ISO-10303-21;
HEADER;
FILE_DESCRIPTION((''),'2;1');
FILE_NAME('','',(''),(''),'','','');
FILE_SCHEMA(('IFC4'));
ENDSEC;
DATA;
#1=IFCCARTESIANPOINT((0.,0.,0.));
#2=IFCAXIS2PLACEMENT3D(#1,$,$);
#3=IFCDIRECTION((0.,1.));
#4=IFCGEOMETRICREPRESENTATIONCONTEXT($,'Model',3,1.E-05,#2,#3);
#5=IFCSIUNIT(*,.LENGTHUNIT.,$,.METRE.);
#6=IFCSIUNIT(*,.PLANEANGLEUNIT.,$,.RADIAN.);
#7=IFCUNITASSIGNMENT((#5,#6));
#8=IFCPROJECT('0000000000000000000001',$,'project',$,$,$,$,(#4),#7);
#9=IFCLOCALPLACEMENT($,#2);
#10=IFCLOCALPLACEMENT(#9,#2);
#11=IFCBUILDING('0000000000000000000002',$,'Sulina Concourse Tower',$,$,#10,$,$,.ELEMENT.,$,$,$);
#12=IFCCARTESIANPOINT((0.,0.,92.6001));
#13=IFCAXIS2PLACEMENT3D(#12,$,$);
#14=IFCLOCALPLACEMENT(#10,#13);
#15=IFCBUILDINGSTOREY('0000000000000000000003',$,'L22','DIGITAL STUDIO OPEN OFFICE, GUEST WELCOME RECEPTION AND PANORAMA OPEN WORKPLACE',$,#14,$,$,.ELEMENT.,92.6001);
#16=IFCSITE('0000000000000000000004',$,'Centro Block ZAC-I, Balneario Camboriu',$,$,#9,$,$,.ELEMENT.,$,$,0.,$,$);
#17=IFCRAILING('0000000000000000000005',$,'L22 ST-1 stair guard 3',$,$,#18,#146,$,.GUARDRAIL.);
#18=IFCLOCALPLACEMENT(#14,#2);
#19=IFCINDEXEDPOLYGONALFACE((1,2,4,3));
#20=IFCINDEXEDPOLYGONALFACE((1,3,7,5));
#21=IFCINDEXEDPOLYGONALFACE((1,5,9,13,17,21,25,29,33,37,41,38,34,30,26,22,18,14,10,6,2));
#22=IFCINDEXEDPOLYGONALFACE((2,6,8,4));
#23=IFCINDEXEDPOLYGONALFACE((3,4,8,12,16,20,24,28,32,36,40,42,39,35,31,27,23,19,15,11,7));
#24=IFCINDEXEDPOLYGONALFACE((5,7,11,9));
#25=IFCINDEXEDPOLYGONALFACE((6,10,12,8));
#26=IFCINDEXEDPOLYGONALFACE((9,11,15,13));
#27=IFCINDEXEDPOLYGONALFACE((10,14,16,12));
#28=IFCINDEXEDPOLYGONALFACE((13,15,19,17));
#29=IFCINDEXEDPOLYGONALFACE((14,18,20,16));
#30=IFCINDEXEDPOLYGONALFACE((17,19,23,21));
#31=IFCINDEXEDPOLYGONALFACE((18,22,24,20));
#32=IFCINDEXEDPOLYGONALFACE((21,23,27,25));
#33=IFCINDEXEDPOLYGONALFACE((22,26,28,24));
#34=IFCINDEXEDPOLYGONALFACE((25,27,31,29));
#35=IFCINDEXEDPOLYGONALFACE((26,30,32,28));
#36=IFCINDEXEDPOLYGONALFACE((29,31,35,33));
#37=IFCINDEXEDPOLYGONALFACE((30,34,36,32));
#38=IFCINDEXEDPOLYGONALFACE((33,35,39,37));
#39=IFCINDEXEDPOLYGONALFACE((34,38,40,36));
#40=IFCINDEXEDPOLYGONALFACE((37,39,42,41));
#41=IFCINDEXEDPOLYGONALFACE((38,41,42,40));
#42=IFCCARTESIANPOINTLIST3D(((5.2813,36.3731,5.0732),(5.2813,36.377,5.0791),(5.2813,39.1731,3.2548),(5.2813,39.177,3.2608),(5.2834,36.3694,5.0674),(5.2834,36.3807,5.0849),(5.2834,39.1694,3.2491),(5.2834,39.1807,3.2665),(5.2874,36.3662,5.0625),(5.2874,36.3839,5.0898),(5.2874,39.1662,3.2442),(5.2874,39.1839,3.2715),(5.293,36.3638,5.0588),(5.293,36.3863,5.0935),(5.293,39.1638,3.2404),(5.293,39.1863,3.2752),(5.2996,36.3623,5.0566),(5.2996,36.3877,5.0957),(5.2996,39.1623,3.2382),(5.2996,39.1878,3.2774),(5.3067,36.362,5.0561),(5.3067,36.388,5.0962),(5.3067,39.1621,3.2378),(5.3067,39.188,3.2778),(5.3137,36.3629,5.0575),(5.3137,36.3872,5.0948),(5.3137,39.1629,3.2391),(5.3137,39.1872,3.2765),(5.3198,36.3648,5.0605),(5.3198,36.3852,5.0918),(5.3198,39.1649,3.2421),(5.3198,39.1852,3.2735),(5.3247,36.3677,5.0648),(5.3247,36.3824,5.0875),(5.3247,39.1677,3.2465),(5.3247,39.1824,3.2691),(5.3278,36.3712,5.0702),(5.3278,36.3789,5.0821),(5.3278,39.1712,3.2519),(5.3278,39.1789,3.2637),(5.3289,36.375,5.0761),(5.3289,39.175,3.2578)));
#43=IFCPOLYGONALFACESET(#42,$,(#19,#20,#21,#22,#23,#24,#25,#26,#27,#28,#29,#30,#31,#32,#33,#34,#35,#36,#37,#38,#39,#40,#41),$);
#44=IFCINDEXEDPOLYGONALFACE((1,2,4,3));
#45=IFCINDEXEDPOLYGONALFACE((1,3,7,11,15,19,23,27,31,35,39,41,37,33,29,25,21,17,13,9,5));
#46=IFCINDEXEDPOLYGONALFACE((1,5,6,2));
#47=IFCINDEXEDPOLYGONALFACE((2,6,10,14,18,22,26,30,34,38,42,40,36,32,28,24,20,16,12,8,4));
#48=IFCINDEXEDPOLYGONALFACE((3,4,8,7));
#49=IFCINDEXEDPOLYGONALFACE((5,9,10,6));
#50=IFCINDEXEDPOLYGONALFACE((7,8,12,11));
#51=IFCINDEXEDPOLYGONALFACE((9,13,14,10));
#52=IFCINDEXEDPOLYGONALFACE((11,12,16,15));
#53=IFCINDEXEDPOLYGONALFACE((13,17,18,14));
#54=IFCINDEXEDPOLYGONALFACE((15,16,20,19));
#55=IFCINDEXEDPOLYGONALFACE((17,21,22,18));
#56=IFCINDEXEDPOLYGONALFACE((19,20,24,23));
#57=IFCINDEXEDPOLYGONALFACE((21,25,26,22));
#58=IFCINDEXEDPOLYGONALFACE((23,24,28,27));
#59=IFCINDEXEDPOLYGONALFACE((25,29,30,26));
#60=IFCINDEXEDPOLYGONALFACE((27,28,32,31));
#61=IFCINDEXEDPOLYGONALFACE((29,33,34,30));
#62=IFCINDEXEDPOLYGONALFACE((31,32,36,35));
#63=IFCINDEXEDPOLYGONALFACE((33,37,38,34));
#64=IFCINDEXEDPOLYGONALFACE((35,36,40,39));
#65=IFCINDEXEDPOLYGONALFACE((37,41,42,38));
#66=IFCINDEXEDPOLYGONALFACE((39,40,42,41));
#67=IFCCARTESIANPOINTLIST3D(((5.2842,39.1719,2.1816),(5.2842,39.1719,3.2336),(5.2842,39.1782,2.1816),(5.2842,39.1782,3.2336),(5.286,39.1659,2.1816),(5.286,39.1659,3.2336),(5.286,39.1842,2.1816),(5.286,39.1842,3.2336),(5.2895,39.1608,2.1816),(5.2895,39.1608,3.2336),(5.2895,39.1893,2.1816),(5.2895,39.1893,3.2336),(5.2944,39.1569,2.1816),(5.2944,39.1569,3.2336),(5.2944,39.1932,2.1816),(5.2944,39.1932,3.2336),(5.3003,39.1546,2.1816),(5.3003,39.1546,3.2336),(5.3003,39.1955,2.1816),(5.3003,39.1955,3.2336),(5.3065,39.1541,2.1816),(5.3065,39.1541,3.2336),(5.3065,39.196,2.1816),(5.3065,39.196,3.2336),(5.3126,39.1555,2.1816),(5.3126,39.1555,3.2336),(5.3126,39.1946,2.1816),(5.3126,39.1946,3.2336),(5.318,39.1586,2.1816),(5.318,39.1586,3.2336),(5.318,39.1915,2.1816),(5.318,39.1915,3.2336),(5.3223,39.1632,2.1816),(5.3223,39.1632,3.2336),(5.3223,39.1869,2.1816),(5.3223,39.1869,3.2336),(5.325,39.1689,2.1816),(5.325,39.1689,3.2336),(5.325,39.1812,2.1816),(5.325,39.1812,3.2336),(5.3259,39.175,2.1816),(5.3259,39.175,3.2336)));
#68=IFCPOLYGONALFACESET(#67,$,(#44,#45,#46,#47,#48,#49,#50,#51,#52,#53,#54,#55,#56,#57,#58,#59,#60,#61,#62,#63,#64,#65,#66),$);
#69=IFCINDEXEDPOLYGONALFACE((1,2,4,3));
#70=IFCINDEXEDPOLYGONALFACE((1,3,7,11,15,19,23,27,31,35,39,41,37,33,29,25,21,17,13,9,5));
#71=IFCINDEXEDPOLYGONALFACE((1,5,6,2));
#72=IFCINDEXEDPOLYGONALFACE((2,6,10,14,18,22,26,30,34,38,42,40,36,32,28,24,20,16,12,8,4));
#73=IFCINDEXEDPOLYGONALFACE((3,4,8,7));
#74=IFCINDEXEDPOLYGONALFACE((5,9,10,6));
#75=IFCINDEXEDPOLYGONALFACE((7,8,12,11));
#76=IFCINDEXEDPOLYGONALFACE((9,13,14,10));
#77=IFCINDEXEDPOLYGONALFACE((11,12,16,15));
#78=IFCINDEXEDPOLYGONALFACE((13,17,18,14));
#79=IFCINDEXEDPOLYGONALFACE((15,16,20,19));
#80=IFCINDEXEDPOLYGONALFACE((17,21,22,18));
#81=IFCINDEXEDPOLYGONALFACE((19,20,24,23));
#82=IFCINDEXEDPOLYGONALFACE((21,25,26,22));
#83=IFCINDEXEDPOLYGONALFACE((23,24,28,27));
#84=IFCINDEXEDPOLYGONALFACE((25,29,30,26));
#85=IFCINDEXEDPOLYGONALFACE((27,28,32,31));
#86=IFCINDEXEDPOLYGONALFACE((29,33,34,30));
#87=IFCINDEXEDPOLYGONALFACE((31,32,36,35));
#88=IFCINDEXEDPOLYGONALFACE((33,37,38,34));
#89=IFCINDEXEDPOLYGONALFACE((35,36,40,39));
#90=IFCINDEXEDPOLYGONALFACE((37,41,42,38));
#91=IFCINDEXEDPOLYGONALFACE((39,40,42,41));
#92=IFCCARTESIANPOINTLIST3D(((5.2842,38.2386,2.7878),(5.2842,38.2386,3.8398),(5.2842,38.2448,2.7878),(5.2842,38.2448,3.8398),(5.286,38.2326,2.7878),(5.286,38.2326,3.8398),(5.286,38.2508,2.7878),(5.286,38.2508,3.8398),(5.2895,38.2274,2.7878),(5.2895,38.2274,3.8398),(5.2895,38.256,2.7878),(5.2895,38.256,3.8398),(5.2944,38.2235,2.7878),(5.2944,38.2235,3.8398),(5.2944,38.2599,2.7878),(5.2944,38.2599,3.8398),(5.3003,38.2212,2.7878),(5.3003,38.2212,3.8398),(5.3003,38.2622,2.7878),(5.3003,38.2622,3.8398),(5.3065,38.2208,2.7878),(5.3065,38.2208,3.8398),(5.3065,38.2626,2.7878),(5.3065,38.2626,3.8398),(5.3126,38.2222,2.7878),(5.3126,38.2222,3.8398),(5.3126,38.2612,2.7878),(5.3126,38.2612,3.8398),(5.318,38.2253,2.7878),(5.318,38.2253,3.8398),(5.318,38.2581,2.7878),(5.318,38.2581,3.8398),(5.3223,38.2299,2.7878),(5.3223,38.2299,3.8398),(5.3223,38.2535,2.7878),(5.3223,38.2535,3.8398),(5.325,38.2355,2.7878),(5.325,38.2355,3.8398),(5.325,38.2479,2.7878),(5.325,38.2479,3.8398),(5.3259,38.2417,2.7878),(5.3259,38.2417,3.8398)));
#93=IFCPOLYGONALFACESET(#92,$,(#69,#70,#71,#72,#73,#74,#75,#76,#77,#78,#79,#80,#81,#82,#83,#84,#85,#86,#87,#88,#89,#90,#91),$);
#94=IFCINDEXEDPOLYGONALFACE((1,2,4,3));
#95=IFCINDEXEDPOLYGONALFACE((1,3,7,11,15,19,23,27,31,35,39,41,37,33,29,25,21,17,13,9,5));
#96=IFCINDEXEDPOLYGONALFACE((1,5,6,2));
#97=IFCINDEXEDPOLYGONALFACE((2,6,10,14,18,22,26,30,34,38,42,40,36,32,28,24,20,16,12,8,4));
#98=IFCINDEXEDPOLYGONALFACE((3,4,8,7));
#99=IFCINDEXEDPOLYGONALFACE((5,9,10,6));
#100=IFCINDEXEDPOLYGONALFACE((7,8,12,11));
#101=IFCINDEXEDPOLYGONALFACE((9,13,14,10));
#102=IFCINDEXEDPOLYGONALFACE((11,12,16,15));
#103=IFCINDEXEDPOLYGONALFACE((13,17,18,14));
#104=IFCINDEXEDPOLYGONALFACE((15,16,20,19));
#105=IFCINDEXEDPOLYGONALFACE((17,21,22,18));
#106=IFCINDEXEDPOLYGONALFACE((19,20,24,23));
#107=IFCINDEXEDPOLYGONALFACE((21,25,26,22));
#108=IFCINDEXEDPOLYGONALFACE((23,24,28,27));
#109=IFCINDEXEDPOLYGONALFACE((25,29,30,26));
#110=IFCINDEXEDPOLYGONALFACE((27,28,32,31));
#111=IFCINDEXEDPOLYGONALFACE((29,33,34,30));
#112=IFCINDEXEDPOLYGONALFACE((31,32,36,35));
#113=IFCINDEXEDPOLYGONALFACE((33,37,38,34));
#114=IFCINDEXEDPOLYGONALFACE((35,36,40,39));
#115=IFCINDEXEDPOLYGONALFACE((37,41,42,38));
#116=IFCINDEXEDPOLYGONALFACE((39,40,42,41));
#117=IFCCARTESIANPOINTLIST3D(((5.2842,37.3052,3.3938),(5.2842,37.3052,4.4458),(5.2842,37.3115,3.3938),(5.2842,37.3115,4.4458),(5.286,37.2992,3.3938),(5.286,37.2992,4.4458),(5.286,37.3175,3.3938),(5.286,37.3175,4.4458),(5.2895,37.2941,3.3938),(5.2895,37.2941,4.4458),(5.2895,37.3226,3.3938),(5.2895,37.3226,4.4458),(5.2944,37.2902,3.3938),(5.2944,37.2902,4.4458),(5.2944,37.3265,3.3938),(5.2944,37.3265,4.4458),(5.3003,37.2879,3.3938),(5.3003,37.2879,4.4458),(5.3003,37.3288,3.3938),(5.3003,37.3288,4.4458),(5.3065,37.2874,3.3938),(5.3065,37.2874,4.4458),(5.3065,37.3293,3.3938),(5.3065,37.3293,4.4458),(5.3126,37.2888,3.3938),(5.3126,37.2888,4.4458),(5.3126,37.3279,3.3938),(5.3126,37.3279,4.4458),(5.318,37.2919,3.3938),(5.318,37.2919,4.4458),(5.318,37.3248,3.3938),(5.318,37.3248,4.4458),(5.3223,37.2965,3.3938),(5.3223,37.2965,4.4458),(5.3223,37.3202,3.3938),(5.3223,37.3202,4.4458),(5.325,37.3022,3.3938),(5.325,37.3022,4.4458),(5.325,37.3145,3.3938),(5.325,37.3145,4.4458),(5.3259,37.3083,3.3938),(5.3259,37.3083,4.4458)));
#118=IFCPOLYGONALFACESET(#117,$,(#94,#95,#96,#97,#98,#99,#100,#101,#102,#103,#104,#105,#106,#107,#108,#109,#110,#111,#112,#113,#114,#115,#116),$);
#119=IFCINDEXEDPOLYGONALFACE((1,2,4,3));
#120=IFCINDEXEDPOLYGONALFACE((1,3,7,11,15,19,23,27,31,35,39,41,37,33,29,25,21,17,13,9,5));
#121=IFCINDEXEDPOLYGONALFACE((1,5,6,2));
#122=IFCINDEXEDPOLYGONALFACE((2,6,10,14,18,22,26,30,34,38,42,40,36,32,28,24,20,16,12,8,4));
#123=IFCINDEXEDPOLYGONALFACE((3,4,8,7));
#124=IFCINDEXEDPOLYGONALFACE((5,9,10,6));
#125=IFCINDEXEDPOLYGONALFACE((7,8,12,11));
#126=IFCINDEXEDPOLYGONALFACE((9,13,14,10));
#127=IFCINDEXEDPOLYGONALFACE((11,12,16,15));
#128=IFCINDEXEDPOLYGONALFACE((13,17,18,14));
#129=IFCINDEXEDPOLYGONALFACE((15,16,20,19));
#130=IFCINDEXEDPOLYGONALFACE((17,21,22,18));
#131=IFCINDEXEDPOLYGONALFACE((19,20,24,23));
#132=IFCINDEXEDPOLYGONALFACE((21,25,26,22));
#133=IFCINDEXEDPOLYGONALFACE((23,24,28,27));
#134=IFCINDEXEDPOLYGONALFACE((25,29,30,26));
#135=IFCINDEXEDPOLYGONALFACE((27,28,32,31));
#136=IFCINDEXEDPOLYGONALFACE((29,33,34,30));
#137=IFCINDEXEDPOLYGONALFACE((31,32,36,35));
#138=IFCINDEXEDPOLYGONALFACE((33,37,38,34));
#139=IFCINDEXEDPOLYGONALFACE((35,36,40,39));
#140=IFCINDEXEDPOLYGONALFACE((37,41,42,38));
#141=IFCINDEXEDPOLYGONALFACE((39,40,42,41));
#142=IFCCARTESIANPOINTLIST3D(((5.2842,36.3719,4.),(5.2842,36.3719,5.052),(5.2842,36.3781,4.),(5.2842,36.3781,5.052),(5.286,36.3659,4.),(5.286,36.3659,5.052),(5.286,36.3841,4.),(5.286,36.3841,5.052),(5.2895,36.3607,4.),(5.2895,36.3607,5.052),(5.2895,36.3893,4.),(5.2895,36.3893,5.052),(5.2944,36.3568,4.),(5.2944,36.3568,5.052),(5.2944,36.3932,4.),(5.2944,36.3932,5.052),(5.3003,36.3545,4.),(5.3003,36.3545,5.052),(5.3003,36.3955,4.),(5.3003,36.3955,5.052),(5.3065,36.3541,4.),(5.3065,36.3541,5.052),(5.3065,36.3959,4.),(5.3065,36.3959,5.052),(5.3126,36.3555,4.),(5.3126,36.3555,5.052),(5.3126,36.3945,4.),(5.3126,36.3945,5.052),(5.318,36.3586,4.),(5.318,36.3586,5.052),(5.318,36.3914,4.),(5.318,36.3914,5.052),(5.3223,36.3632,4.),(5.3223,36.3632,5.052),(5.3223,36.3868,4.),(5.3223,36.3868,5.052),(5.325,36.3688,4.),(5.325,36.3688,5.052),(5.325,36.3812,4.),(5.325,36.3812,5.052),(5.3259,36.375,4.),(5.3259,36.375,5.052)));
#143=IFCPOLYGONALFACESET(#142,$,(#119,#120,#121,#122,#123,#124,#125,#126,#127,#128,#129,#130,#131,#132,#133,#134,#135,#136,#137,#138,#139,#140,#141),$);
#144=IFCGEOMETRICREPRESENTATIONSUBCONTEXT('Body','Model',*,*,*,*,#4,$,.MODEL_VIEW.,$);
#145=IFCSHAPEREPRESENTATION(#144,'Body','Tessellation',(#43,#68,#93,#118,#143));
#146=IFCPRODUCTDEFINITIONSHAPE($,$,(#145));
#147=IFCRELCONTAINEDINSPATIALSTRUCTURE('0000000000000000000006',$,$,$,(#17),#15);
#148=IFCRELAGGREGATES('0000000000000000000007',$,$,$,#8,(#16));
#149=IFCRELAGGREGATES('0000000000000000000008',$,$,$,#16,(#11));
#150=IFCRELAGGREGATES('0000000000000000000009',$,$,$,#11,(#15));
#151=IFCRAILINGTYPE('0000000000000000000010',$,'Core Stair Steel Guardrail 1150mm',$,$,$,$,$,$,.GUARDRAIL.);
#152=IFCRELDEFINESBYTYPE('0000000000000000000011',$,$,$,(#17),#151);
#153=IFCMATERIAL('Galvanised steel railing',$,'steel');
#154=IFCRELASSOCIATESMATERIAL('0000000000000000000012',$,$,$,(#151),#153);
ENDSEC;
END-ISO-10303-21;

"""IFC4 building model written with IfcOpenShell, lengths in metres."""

from ifc_helpers import new_model, si_unit, direction, frame, origin, origin_2d, place, context, subcontext, project, spatial, circle, extrude, material, type_object, element, save


model = new_model("IFC4")

# Units and contexts
model_context = context("Model", 3, precision=1e-05, world=origin(), true_north=direction((0.0, 1.0)))
body_context = subcontext(model_context, "Body", "Model", "MODEL_VIEW")
ifc_project = project(units=[si_unit("LENGTHUNIT", "METRE"), si_unit("PLANEANGLEUNIT", "RADIAN")], contexts=[model_context])

# Site, building, storey
site_placement = place(None, origin())
site = spatial("IfcSite", under=ifc_project, at=site_placement, Name="Centro Block ZAC-I, Balneario Camboriu", CompositionType="ELEMENT", RefElevation=0.0)
building_placement = place(site_placement, origin())
building = spatial("IfcBuilding", under=site, at=building_placement, Name="Sulina Concourse Tower", CompositionType="ELEMENT")
storey_placement = place(building_placement, frame((0.0, 0.0, 92.6001)))
storey = spatial("IfcBuildingStorey", under=building, at=storey_placement, Name="L22", Description="DIGITAL STUDIO OPEN OFFICE, GUEST WELCOME RECEPTION AND PANORAMA OPEN WORKPLACE", CompositionType="ELEMENT", Elevation=92.6001)

# Railing
ifc_material_1 = material(Name="Galvanised steel railing", Category="steel")
railing_type_1 = type_object("IfcRailingType", Name="Core Stair Steel Guardrail 1150mm", PredefinedType="GUARDRAIL", material=ifc_material_1)
railing_1_placement = place(storey_placement, frame((5.3049, 39.175, 2.1816)))
element("IfcRailing", 1, at=railing_1_placement, inside=storey, type_object=railing_type_1, Name="L22 ST-1 stair guard 3", PredefinedType="GUARDRAIL", context=body_context, shape_type="SweptSolid", body=[
    extrude(circle(Radius=0.0239, at=origin_2d()), frame((0.0, 0.0, 1.0762), z_axis=(0.0, -0.838672, 0.544636), x_axis=(1.0, 0.0, 0.0)), (0.0, 0.0, 1.0), 3.3386),
    extrude(circle(Radius=0.021, at=origin_2d()), origin(), (0.0, 0.0, 1.0), 1.052),
    extrude(circle(Radius=0.021, at=origin_2d()), frame((0.0, -0.9333, 0.6062)), (0.0, 0.0, 1.0), 1.052),
    extrude(circle(Radius=0.021, at=origin_2d()), frame((0.0, -1.8667, 1.2122)), (0.0, 0.0, 1.0), 1.052),
    extrude(circle(Radius=0.021, at=origin_2d()), frame((0.0, -2.8, 1.8184)), (0.0, 0.0, 1.0), 1.052),
])

save(model, "model.ifc")
